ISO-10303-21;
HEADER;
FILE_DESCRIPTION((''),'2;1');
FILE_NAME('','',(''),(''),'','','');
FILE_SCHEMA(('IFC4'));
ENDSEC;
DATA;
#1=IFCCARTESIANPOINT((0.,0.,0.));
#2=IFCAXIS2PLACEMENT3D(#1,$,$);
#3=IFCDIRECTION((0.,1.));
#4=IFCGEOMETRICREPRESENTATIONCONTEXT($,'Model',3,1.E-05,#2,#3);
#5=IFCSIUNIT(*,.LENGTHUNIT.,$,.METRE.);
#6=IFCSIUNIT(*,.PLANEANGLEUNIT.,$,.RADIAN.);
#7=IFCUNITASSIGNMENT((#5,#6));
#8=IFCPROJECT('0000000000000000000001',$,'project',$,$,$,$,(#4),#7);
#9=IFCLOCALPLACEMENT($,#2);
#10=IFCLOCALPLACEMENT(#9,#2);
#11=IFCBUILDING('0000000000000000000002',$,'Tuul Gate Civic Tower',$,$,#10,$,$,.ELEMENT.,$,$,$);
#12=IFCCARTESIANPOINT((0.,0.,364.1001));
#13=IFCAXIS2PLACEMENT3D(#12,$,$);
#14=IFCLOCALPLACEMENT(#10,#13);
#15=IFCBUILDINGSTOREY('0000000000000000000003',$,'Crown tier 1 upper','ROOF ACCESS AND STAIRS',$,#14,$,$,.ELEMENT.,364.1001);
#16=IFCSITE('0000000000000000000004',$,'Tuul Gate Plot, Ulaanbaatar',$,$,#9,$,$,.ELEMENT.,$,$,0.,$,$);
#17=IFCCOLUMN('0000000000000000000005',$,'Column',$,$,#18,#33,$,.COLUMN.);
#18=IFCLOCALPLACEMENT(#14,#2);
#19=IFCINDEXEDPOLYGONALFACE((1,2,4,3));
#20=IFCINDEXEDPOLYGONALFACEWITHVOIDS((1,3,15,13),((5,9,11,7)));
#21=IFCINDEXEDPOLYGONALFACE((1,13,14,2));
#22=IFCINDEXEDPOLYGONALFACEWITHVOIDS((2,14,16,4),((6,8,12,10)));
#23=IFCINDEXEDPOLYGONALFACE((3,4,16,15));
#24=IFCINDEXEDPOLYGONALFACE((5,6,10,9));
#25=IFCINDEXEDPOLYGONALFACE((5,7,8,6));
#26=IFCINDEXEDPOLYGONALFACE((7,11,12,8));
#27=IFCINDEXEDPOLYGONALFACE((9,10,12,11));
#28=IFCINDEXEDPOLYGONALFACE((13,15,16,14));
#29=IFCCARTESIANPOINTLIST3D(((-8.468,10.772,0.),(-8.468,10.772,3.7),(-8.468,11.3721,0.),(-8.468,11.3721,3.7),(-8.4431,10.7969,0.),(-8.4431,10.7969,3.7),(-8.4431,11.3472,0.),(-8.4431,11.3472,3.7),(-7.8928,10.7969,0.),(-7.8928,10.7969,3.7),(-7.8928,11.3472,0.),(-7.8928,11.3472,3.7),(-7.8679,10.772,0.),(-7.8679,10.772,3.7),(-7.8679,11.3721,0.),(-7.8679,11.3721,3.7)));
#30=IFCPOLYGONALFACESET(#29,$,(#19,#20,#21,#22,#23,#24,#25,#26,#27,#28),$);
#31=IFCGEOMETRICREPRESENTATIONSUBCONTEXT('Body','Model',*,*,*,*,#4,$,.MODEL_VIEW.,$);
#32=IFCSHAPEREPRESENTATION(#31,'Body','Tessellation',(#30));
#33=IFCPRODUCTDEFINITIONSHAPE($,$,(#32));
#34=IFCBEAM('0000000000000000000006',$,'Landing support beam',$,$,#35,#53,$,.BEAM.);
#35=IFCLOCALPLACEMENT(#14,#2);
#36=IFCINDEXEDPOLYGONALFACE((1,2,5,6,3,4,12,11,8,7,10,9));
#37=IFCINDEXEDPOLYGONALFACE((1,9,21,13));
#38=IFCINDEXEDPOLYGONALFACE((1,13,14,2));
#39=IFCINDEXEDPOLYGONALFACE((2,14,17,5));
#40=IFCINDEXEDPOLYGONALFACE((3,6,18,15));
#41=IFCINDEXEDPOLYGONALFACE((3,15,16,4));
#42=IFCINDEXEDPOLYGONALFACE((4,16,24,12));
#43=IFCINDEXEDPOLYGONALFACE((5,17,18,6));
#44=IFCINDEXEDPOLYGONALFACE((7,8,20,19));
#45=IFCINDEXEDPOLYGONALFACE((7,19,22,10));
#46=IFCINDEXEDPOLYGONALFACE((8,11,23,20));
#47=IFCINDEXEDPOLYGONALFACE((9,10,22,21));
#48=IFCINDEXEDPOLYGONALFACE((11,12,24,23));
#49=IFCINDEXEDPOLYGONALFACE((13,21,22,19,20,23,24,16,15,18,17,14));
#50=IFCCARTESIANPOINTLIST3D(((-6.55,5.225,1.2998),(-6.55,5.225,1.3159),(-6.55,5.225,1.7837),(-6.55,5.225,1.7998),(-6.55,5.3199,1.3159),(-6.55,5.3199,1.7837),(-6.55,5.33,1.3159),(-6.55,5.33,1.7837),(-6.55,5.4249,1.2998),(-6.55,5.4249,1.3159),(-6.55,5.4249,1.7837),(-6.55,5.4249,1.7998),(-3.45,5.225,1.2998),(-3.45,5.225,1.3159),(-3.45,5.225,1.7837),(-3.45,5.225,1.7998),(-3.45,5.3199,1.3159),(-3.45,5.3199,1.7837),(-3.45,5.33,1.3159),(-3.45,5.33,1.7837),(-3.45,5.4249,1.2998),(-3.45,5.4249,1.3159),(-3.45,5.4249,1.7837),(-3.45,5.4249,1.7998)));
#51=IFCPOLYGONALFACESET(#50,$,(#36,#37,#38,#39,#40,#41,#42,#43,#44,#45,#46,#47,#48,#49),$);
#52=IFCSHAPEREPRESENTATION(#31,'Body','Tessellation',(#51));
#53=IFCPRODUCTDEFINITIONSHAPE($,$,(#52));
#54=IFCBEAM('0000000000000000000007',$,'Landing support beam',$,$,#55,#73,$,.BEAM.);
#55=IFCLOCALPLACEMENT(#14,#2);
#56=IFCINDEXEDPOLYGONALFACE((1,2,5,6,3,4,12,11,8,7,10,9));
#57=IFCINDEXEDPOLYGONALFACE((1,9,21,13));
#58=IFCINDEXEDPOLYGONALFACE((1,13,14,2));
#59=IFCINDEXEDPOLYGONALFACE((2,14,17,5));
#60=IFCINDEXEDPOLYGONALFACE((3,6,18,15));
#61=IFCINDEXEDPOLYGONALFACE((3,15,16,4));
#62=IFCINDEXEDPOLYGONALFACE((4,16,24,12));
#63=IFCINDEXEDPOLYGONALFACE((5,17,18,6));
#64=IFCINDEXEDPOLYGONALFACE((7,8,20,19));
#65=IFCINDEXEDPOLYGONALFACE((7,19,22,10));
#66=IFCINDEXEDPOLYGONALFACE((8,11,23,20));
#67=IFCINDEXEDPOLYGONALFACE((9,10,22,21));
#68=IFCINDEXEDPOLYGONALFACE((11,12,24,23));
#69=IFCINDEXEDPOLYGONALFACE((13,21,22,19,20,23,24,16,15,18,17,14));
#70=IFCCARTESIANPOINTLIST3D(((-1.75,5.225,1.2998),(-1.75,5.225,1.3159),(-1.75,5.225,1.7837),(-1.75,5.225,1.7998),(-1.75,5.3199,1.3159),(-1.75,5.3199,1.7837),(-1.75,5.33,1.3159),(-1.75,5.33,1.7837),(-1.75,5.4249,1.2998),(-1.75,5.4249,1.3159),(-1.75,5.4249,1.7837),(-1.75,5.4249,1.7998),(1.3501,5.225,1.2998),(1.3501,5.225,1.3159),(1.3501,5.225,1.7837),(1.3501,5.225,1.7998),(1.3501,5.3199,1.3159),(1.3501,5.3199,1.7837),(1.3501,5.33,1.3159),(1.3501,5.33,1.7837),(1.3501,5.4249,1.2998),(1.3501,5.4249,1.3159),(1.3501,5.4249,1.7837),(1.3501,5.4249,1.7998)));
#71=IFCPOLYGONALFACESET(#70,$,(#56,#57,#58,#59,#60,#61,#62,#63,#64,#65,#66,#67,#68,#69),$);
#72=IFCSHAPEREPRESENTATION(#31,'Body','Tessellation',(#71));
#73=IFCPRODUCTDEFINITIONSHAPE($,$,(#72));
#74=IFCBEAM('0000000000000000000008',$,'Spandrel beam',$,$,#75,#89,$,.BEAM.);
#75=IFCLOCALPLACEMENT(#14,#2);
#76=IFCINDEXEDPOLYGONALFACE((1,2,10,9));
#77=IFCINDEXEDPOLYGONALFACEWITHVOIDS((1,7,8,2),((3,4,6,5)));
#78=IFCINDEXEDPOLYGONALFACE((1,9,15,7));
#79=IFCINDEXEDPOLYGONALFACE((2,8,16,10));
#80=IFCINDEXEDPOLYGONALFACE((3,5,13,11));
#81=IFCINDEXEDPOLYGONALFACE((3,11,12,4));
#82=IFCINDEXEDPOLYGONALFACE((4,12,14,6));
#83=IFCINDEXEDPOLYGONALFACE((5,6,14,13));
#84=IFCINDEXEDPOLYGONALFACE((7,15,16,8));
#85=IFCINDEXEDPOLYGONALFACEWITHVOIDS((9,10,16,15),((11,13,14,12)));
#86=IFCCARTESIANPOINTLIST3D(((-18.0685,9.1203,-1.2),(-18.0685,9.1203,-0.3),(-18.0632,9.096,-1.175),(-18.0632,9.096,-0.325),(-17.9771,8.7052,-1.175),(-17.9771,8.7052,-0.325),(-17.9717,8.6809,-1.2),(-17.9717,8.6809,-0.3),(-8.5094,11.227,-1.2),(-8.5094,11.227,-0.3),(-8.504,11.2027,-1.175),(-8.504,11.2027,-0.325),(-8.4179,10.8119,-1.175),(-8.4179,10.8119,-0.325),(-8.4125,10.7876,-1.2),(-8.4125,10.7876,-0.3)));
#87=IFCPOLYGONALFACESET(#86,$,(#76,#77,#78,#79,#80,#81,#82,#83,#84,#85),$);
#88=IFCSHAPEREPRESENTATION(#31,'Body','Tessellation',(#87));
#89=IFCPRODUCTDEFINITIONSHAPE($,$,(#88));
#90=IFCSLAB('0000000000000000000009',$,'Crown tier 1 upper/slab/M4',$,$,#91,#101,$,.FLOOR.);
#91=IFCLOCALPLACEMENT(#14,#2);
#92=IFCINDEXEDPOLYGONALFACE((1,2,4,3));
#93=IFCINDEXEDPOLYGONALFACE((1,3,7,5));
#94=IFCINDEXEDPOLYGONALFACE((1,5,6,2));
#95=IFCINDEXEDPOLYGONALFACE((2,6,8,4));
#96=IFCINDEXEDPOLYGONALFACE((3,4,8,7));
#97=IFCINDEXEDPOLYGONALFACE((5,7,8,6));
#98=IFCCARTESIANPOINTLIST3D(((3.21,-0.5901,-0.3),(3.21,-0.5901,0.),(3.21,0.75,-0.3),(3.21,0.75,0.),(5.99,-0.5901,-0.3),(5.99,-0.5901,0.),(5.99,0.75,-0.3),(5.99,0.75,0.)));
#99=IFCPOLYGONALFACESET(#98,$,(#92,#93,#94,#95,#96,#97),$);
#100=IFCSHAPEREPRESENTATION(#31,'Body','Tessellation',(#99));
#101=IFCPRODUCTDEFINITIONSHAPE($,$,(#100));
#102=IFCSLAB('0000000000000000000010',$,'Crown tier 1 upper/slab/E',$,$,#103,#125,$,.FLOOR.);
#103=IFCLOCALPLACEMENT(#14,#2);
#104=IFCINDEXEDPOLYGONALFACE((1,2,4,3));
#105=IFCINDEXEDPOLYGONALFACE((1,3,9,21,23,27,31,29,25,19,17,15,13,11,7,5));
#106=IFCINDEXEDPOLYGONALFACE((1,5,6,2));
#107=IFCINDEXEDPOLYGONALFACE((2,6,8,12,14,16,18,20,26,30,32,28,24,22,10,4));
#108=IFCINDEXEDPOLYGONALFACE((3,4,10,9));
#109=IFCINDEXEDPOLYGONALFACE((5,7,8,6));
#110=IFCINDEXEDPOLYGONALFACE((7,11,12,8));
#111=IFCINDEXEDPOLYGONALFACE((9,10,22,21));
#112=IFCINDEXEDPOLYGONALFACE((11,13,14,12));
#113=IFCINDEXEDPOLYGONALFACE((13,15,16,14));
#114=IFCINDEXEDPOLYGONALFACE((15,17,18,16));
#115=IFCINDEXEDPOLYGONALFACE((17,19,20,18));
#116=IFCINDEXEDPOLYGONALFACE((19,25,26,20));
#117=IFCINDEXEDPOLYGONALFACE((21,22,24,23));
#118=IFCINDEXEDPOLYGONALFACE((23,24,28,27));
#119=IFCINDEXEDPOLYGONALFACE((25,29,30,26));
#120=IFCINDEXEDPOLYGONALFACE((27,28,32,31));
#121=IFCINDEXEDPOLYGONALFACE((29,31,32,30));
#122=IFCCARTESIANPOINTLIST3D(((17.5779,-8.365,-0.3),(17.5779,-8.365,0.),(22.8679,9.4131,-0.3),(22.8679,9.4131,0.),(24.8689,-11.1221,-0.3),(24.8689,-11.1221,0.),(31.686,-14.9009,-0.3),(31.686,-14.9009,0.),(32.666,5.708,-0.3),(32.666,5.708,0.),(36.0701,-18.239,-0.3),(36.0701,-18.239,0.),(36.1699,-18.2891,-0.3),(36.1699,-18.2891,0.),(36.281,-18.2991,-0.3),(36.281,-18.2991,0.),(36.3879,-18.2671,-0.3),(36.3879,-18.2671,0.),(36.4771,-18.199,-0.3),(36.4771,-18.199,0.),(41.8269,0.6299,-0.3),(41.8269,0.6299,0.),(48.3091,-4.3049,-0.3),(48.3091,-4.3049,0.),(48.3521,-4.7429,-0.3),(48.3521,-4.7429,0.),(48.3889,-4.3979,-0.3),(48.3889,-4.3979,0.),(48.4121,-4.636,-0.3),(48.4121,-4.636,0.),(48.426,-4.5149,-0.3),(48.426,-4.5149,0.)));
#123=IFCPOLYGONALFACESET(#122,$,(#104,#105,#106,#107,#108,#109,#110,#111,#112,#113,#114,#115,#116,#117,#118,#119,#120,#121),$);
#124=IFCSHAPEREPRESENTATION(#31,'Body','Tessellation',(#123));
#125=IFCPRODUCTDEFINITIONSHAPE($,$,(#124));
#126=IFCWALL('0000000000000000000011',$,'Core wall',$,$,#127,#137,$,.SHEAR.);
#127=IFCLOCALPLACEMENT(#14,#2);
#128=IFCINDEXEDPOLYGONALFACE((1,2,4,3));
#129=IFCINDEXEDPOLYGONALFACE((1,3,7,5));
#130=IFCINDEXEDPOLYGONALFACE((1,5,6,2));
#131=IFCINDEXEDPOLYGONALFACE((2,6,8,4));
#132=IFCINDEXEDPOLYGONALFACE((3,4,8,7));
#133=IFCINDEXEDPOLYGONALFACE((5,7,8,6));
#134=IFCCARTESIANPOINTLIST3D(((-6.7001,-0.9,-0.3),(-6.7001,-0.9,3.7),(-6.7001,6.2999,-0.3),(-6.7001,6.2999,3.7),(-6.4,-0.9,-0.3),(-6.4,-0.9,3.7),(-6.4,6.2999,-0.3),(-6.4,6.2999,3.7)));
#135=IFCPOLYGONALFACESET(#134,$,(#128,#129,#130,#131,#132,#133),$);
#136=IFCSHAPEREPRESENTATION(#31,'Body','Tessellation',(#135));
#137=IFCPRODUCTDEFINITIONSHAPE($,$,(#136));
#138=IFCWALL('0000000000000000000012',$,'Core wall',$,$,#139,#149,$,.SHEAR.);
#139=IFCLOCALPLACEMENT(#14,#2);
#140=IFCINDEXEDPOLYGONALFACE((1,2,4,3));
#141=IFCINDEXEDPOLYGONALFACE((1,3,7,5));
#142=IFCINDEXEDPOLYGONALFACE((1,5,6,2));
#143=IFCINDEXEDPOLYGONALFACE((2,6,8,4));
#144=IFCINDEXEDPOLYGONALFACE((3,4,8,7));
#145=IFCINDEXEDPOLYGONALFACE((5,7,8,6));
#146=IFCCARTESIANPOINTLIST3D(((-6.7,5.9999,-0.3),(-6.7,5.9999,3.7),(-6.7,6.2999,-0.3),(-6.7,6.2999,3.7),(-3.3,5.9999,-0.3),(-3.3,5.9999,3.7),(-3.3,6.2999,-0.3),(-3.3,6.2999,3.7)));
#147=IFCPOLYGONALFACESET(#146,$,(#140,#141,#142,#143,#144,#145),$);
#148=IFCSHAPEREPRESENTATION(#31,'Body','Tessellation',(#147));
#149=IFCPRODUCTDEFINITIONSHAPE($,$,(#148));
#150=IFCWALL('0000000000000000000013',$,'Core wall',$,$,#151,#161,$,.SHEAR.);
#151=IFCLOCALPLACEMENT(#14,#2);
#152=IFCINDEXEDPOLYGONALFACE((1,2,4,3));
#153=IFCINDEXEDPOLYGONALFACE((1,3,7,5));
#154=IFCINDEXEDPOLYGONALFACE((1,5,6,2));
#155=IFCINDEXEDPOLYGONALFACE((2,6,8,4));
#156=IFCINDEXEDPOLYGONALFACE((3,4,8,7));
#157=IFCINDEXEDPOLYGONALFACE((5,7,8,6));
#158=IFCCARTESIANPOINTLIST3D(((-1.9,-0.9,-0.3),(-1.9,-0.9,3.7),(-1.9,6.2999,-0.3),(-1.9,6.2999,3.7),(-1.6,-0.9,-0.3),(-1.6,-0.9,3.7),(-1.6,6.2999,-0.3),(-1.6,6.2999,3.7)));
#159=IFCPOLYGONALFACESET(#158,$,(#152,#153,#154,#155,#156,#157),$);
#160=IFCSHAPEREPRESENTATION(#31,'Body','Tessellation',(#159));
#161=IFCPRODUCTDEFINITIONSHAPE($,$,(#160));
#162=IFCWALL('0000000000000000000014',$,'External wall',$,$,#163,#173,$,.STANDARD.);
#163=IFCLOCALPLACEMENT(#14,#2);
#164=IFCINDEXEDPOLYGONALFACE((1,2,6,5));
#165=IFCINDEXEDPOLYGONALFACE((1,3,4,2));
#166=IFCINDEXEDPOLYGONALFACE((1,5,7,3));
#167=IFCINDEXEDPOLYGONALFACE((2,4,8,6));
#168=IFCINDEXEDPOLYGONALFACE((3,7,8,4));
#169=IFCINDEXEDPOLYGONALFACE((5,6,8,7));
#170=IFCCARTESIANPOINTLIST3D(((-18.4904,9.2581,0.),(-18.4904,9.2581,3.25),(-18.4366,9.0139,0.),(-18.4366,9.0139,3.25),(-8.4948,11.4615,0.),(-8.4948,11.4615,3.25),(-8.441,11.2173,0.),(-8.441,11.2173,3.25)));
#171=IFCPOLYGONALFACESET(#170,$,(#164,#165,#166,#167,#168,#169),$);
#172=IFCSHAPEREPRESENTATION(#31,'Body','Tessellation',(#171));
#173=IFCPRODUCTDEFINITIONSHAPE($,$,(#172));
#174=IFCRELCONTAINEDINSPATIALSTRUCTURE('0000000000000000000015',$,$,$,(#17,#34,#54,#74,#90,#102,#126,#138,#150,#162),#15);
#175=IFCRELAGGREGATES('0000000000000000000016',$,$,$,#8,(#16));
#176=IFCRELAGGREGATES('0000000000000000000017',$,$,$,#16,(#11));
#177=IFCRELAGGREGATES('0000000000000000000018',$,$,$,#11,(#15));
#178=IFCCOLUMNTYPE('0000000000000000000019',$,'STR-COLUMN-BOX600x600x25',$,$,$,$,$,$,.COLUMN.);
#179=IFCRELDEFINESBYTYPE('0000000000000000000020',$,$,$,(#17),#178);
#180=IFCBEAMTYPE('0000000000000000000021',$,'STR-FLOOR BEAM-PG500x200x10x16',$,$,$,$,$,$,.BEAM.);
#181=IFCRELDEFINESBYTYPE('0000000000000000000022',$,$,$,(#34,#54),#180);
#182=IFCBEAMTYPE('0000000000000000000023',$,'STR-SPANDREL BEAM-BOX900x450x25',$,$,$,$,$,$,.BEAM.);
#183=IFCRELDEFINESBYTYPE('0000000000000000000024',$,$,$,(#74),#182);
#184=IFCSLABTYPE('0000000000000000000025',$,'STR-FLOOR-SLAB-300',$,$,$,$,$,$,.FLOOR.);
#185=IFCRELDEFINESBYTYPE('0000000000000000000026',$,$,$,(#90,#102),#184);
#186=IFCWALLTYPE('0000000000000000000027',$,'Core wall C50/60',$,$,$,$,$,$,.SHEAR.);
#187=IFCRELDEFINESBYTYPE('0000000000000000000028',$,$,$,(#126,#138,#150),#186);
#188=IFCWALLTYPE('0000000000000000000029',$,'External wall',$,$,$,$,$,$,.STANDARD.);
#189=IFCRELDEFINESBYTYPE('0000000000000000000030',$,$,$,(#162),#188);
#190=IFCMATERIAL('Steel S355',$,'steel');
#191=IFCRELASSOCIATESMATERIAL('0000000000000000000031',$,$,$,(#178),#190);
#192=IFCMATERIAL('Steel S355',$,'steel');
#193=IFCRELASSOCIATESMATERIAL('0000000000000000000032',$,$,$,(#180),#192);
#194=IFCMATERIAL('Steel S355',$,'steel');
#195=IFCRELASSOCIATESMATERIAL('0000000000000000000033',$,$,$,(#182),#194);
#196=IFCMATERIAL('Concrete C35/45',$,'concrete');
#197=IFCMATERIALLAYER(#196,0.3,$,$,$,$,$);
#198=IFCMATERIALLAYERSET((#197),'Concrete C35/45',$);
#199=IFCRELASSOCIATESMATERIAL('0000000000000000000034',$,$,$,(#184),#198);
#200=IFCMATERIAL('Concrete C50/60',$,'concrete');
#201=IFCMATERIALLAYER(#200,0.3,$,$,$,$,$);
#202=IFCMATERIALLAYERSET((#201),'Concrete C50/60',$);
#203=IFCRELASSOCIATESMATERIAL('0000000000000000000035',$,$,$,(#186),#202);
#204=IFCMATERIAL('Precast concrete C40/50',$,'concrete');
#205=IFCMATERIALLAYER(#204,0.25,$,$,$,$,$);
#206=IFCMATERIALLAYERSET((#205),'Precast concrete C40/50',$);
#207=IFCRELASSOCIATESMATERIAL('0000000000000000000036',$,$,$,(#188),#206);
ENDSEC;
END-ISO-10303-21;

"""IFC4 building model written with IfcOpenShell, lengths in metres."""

from ifc_helpers import new_model, si_unit, direction, frame, frame_2d, origin, origin_2d, place, context, subcontext, project, spatial, polyline, rectangle, hollow_rectangle, i_section, outline, extrude, material, layer, layer_set, material_profile, profile_set, type_object, element, save


model = new_model("IFC4")

# Units and contexts
model_context = context("Model", 3, precision=1e-05, world=origin(), true_north=direction((0.0, 1.0)))
body_context = subcontext(model_context, "Body", "Model", "MODEL_VIEW")
ifc_project = project(units=[si_unit("LENGTHUNIT", "METRE"), si_unit("PLANEANGLEUNIT", "RADIAN")], contexts=[model_context])

# Site, building, storey
site_placement = place(None, origin())
site = spatial("IfcSite", under=ifc_project, at=site_placement, Name="Tuul Gate Plot, Ulaanbaatar", CompositionType="ELEMENT", RefElevation=0.0)
building_placement = place(site_placement, origin())
building = spatial("IfcBuilding", under=site, at=building_placement, Name="Tuul Gate Civic Tower", CompositionType="ELEMENT")
storey_placement = place(building_placement, frame((0.0, 0.0, 364.1001)))
storey = spatial("IfcBuildingStorey", under=building, at=storey_placement, Name="Crown tier 1 upper", Description="ROOF ACCESS AND STAIRS", CompositionType="ELEMENT", Elevation=364.1001)

# Column
ifc_material_1 = material(Name="Steel S355", Category="steel")
ifc_material_profile_1 = material_profile(ifc_material_1, hollow_rectangle(XDim=0.6001, YDim=0.6001, WallThickness=0.0249, at=origin_2d()), Name="BOX600x600x25")
ifc_profile_set_1 = profile_set([ifc_material_profile_1], Name="Steel S355")
column_type = type_object("IfcColumnType", Name="STR-COLUMN-BOX600x600x25", PredefinedType="COLUMN", material=ifc_profile_set_1)
column_placement = place(storey_placement, frame((-8.168, 11.072, 0.0), z_axis=(0.0, 0.0, 1.0), x_axis=(1.0, 0.0, 0.0)))
element("IfcColumn", 1, at=column_placement, inside=storey, type_object=column_type, Name="Column", PredefinedType="COLUMN", context=body_context, shape_type="SweptSolid", body=[
    extrude(hollow_rectangle(XDim=0.6001, YDim=0.6001, WallThickness=0.0249, at=origin_2d()), origin(), (0.0, 0.0, 1.0), 3.7),
])

# Beams
ifc_material_2 = material(Name="Steel S355", Category="steel")
ifc_material_profile_2 = material_profile(ifc_material_2, i_section(OverallWidth=0.2, OverallDepth=0.5, WebThickness=0.01, FlangeThickness=0.0161, at=origin_2d()), Name="PG500x200x10x16")
ifc_profile_set_2 = profile_set([ifc_material_profile_2], Name="Steel S355")
beam_type_1 = type_object("IfcBeamType", Name="STR-FLOOR BEAM-PG500x200x10x16", PredefinedType="BEAM", material=ifc_profile_set_2)
for number, where, z_axis, x_axis, name in (
    (2, (-6.55, 5.325, 1.5498), (1.0, 0.0, 0.0), (0.0, 1.0, 0.0), "Landing support beam"),
    (3, (-1.75, 5.325, 1.5498), (1.0, 0.0, 0.0), (0.0, 1.0, 0.0), "Landing support beam"),
):
    element("IfcBeam", number, at=place(storey_placement, frame(where, z_axis=z_axis, x_axis=x_axis)), inside=storey, type_object=beam_type_1, Name=name, PredefinedType="BEAM", context=body_context, shape_type="SweptSolid", body=[
        extrude(i_section(OverallWidth=0.2, OverallDepth=0.5, WebThickness=0.01, FlangeThickness=0.0161, at=origin_2d()), origin(), (0.0, 0.0, 1.0), 3.1001),
    ])
ifc_material_3 = material(Name="Steel S355", Category="steel")
ifc_material_profile_3 = material_profile(ifc_material_3, hollow_rectangle(XDim=0.45, YDim=0.8999, WallThickness=0.0249, at=origin_2d()), Name="BOX900x450x25")
ifc_profile_set_3 = profile_set([ifc_material_profile_3], Name="Steel S355")
beam_type_2 = type_object("IfcBeamType", Name="STR-SPANDREL BEAM-BOX900x450x25", PredefinedType="BEAM", material=ifc_profile_set_3)
beam_placement = place(storey_placement, frame((-8.4609, 11.0073, -0.75), z_axis=(-0.976565, -0.215221, 0.0), x_axis=(0.215221, -0.976565, 0.0)))
element("IfcBeam", 4, at=beam_placement, inside=storey, type_object=beam_type_2, Name="Spandrel beam", PredefinedType="BEAM", context=body_context, shape_type="SweptSolid", body=[
    extrude(hollow_rectangle(XDim=0.45, YDim=0.8999, WallThickness=0.0249, at=origin_2d()), origin(), (0.0, 0.0, 1.0), 9.7886),
])

# Slabs
ifc_material_4 = material(Name="Concrete C35/45", Category="concrete")
ifc_layer_1 = layer(ifc_material_4, 0.3)
ifc_layer_set_1 = layer_set([ifc_layer_1], Name="Concrete C35/45")
slab_type = type_object("IfcSlabType", Name="STR-FLOOR-SLAB-300", PredefinedType="FLOOR", material=ifc_layer_set_1)
slab_1_placement = place(storey_placement, frame((0.0, 0.0, -0.3)))
element("IfcSlab", 5, at=slab_1_placement, inside=storey, type_object=slab_type, Name="Crown tier 1 upper/slab/M4", PredefinedType="FLOOR", context=body_context, shape_type="SweptSolid", body=[
    extrude(outline(polyline([(3.21, 0.75), (3.21, -0.5901), (5.99, -0.5901), (5.99, 0.75), (3.21, 0.75)])), origin(), (0.0, 0.0, 1.0), 0.3),
])
slab_2_placement = place(storey_placement, frame((0.0, 0.0, -0.3)))
element("IfcSlab", 6, at=slab_2_placement, inside=storey, type_object=slab_type, Name="Crown tier 1 upper/slab/E", PredefinedType="FLOOR", context=body_context, shape_type="SweptSolid", body=[
    extrude(outline(polyline([(36.3879, -18.2671), (36.4771, -18.199), (48.3521, -4.7429), (48.4121, -4.636), (48.426, -4.5149), (48.3889, -4.3979), (48.3091, -4.3049), (41.8269, 0.6299), (32.666, 5.708), (22.8679, 9.4131), (17.5779, -8.365), (24.8689, -11.1221), (31.686, -14.9009), (36.0701, -18.239), (36.1699, -18.2891), (36.281, -18.2991), (36.3879, -18.2671)])), origin(), (0.0, 0.0, 1.0), 0.3),
])

# Walls
ifc_material_5 = material(Name="Concrete C50/60", Category="concrete")
ifc_layer_2 = layer(ifc_material_5, 0.3)
ifc_layer_set_2 = layer_set([ifc_layer_2], Name="Concrete C50/60")
wall_type_1 = type_object("IfcWallType", Name="Core wall C50/60", PredefinedType="SHEAR", material=ifc_layer_set_2)
wall_1_placement = place(storey_placement, frame((-6.55, 6.3, -0.3), z_axis=(0.0, 0.0, 1.0), x_axis=(0.0, -1.0, 0.0)))
element("IfcWall", 7, at=wall_1_placement, inside=storey, type_object=wall_type_1, Name="Core wall", PredefinedType="SHEAR", context=body_context, shape_type="SweptSolid", body=[
    extrude(rectangle(XDim=7.2, YDim=0.3, at=frame_2d((3.6001, 0.0))), origin(), (0.0, 0.0, 1.0), 4.0),
])
wall_2_placement = place(storey_placement, frame((-3.3, 6.1499, -0.3), z_axis=(0.0, 0.0, 1.0), x_axis=(-1.0, 0.0, 0.0)))
element("IfcWall", 8, at=wall_2_placement, inside=storey, type_object=wall_type_1, Name="Core wall", PredefinedType="SHEAR", context=body_context, shape_type="SweptSolid", body=[
    extrude(rectangle(XDim=3.3999, YDim=0.3, at=frame_2d((1.7, 0.0))), origin(), (0.0, 0.0, 1.0), 4.0),
])
wall_3_placement = place(storey_placement, frame((-1.75, 6.3, -0.3), z_axis=(0.0, 0.0, 1.0), x_axis=(0.0, -1.0, 0.0)))
element("IfcWall", 9, at=wall_3_placement, inside=storey, type_object=wall_type_1, Name="Core wall", PredefinedType="SHEAR", context=body_context, shape_type="SweptSolid", body=[
    extrude(rectangle(XDim=7.2, YDim=0.3, at=frame_2d((3.6001, 0.0))), origin(), (0.0, 0.0, 1.0), 4.0),
])
ifc_material_6 = material(Name="Precast concrete C40/50", Category="concrete")
ifc_layer_3 = layer(ifc_material_6, 0.25)
ifc_layer_set_3 = layer_set([ifc_layer_3], Name="Precast concrete C40/50")
wall_type_2 = type_object("IfcWallType", Name="External wall", PredefinedType="STANDARD", material=ifc_layer_set_3)
wall_4_placement = place(storey_placement, frame((-8.468, 11.3394, 0.0), z_axis=(0.0, 0.0, 1.0), x_axis=(-0.976555, -0.215266, 0.0)))
element("IfcWall", 10, at=wall_4_placement, inside=storey, type_object=wall_type_2, Name="External wall", PredefinedType="STANDARD", context=body_context, shape_type="SweptSolid", body=[
    extrude(rectangle(XDim=10.2356, YDim=0.25, at=frame_2d((5.1177, 0.0))), origin(), (0.0, 0.0, 1.0), 3.25),
])

save(model, "model.ifc")
